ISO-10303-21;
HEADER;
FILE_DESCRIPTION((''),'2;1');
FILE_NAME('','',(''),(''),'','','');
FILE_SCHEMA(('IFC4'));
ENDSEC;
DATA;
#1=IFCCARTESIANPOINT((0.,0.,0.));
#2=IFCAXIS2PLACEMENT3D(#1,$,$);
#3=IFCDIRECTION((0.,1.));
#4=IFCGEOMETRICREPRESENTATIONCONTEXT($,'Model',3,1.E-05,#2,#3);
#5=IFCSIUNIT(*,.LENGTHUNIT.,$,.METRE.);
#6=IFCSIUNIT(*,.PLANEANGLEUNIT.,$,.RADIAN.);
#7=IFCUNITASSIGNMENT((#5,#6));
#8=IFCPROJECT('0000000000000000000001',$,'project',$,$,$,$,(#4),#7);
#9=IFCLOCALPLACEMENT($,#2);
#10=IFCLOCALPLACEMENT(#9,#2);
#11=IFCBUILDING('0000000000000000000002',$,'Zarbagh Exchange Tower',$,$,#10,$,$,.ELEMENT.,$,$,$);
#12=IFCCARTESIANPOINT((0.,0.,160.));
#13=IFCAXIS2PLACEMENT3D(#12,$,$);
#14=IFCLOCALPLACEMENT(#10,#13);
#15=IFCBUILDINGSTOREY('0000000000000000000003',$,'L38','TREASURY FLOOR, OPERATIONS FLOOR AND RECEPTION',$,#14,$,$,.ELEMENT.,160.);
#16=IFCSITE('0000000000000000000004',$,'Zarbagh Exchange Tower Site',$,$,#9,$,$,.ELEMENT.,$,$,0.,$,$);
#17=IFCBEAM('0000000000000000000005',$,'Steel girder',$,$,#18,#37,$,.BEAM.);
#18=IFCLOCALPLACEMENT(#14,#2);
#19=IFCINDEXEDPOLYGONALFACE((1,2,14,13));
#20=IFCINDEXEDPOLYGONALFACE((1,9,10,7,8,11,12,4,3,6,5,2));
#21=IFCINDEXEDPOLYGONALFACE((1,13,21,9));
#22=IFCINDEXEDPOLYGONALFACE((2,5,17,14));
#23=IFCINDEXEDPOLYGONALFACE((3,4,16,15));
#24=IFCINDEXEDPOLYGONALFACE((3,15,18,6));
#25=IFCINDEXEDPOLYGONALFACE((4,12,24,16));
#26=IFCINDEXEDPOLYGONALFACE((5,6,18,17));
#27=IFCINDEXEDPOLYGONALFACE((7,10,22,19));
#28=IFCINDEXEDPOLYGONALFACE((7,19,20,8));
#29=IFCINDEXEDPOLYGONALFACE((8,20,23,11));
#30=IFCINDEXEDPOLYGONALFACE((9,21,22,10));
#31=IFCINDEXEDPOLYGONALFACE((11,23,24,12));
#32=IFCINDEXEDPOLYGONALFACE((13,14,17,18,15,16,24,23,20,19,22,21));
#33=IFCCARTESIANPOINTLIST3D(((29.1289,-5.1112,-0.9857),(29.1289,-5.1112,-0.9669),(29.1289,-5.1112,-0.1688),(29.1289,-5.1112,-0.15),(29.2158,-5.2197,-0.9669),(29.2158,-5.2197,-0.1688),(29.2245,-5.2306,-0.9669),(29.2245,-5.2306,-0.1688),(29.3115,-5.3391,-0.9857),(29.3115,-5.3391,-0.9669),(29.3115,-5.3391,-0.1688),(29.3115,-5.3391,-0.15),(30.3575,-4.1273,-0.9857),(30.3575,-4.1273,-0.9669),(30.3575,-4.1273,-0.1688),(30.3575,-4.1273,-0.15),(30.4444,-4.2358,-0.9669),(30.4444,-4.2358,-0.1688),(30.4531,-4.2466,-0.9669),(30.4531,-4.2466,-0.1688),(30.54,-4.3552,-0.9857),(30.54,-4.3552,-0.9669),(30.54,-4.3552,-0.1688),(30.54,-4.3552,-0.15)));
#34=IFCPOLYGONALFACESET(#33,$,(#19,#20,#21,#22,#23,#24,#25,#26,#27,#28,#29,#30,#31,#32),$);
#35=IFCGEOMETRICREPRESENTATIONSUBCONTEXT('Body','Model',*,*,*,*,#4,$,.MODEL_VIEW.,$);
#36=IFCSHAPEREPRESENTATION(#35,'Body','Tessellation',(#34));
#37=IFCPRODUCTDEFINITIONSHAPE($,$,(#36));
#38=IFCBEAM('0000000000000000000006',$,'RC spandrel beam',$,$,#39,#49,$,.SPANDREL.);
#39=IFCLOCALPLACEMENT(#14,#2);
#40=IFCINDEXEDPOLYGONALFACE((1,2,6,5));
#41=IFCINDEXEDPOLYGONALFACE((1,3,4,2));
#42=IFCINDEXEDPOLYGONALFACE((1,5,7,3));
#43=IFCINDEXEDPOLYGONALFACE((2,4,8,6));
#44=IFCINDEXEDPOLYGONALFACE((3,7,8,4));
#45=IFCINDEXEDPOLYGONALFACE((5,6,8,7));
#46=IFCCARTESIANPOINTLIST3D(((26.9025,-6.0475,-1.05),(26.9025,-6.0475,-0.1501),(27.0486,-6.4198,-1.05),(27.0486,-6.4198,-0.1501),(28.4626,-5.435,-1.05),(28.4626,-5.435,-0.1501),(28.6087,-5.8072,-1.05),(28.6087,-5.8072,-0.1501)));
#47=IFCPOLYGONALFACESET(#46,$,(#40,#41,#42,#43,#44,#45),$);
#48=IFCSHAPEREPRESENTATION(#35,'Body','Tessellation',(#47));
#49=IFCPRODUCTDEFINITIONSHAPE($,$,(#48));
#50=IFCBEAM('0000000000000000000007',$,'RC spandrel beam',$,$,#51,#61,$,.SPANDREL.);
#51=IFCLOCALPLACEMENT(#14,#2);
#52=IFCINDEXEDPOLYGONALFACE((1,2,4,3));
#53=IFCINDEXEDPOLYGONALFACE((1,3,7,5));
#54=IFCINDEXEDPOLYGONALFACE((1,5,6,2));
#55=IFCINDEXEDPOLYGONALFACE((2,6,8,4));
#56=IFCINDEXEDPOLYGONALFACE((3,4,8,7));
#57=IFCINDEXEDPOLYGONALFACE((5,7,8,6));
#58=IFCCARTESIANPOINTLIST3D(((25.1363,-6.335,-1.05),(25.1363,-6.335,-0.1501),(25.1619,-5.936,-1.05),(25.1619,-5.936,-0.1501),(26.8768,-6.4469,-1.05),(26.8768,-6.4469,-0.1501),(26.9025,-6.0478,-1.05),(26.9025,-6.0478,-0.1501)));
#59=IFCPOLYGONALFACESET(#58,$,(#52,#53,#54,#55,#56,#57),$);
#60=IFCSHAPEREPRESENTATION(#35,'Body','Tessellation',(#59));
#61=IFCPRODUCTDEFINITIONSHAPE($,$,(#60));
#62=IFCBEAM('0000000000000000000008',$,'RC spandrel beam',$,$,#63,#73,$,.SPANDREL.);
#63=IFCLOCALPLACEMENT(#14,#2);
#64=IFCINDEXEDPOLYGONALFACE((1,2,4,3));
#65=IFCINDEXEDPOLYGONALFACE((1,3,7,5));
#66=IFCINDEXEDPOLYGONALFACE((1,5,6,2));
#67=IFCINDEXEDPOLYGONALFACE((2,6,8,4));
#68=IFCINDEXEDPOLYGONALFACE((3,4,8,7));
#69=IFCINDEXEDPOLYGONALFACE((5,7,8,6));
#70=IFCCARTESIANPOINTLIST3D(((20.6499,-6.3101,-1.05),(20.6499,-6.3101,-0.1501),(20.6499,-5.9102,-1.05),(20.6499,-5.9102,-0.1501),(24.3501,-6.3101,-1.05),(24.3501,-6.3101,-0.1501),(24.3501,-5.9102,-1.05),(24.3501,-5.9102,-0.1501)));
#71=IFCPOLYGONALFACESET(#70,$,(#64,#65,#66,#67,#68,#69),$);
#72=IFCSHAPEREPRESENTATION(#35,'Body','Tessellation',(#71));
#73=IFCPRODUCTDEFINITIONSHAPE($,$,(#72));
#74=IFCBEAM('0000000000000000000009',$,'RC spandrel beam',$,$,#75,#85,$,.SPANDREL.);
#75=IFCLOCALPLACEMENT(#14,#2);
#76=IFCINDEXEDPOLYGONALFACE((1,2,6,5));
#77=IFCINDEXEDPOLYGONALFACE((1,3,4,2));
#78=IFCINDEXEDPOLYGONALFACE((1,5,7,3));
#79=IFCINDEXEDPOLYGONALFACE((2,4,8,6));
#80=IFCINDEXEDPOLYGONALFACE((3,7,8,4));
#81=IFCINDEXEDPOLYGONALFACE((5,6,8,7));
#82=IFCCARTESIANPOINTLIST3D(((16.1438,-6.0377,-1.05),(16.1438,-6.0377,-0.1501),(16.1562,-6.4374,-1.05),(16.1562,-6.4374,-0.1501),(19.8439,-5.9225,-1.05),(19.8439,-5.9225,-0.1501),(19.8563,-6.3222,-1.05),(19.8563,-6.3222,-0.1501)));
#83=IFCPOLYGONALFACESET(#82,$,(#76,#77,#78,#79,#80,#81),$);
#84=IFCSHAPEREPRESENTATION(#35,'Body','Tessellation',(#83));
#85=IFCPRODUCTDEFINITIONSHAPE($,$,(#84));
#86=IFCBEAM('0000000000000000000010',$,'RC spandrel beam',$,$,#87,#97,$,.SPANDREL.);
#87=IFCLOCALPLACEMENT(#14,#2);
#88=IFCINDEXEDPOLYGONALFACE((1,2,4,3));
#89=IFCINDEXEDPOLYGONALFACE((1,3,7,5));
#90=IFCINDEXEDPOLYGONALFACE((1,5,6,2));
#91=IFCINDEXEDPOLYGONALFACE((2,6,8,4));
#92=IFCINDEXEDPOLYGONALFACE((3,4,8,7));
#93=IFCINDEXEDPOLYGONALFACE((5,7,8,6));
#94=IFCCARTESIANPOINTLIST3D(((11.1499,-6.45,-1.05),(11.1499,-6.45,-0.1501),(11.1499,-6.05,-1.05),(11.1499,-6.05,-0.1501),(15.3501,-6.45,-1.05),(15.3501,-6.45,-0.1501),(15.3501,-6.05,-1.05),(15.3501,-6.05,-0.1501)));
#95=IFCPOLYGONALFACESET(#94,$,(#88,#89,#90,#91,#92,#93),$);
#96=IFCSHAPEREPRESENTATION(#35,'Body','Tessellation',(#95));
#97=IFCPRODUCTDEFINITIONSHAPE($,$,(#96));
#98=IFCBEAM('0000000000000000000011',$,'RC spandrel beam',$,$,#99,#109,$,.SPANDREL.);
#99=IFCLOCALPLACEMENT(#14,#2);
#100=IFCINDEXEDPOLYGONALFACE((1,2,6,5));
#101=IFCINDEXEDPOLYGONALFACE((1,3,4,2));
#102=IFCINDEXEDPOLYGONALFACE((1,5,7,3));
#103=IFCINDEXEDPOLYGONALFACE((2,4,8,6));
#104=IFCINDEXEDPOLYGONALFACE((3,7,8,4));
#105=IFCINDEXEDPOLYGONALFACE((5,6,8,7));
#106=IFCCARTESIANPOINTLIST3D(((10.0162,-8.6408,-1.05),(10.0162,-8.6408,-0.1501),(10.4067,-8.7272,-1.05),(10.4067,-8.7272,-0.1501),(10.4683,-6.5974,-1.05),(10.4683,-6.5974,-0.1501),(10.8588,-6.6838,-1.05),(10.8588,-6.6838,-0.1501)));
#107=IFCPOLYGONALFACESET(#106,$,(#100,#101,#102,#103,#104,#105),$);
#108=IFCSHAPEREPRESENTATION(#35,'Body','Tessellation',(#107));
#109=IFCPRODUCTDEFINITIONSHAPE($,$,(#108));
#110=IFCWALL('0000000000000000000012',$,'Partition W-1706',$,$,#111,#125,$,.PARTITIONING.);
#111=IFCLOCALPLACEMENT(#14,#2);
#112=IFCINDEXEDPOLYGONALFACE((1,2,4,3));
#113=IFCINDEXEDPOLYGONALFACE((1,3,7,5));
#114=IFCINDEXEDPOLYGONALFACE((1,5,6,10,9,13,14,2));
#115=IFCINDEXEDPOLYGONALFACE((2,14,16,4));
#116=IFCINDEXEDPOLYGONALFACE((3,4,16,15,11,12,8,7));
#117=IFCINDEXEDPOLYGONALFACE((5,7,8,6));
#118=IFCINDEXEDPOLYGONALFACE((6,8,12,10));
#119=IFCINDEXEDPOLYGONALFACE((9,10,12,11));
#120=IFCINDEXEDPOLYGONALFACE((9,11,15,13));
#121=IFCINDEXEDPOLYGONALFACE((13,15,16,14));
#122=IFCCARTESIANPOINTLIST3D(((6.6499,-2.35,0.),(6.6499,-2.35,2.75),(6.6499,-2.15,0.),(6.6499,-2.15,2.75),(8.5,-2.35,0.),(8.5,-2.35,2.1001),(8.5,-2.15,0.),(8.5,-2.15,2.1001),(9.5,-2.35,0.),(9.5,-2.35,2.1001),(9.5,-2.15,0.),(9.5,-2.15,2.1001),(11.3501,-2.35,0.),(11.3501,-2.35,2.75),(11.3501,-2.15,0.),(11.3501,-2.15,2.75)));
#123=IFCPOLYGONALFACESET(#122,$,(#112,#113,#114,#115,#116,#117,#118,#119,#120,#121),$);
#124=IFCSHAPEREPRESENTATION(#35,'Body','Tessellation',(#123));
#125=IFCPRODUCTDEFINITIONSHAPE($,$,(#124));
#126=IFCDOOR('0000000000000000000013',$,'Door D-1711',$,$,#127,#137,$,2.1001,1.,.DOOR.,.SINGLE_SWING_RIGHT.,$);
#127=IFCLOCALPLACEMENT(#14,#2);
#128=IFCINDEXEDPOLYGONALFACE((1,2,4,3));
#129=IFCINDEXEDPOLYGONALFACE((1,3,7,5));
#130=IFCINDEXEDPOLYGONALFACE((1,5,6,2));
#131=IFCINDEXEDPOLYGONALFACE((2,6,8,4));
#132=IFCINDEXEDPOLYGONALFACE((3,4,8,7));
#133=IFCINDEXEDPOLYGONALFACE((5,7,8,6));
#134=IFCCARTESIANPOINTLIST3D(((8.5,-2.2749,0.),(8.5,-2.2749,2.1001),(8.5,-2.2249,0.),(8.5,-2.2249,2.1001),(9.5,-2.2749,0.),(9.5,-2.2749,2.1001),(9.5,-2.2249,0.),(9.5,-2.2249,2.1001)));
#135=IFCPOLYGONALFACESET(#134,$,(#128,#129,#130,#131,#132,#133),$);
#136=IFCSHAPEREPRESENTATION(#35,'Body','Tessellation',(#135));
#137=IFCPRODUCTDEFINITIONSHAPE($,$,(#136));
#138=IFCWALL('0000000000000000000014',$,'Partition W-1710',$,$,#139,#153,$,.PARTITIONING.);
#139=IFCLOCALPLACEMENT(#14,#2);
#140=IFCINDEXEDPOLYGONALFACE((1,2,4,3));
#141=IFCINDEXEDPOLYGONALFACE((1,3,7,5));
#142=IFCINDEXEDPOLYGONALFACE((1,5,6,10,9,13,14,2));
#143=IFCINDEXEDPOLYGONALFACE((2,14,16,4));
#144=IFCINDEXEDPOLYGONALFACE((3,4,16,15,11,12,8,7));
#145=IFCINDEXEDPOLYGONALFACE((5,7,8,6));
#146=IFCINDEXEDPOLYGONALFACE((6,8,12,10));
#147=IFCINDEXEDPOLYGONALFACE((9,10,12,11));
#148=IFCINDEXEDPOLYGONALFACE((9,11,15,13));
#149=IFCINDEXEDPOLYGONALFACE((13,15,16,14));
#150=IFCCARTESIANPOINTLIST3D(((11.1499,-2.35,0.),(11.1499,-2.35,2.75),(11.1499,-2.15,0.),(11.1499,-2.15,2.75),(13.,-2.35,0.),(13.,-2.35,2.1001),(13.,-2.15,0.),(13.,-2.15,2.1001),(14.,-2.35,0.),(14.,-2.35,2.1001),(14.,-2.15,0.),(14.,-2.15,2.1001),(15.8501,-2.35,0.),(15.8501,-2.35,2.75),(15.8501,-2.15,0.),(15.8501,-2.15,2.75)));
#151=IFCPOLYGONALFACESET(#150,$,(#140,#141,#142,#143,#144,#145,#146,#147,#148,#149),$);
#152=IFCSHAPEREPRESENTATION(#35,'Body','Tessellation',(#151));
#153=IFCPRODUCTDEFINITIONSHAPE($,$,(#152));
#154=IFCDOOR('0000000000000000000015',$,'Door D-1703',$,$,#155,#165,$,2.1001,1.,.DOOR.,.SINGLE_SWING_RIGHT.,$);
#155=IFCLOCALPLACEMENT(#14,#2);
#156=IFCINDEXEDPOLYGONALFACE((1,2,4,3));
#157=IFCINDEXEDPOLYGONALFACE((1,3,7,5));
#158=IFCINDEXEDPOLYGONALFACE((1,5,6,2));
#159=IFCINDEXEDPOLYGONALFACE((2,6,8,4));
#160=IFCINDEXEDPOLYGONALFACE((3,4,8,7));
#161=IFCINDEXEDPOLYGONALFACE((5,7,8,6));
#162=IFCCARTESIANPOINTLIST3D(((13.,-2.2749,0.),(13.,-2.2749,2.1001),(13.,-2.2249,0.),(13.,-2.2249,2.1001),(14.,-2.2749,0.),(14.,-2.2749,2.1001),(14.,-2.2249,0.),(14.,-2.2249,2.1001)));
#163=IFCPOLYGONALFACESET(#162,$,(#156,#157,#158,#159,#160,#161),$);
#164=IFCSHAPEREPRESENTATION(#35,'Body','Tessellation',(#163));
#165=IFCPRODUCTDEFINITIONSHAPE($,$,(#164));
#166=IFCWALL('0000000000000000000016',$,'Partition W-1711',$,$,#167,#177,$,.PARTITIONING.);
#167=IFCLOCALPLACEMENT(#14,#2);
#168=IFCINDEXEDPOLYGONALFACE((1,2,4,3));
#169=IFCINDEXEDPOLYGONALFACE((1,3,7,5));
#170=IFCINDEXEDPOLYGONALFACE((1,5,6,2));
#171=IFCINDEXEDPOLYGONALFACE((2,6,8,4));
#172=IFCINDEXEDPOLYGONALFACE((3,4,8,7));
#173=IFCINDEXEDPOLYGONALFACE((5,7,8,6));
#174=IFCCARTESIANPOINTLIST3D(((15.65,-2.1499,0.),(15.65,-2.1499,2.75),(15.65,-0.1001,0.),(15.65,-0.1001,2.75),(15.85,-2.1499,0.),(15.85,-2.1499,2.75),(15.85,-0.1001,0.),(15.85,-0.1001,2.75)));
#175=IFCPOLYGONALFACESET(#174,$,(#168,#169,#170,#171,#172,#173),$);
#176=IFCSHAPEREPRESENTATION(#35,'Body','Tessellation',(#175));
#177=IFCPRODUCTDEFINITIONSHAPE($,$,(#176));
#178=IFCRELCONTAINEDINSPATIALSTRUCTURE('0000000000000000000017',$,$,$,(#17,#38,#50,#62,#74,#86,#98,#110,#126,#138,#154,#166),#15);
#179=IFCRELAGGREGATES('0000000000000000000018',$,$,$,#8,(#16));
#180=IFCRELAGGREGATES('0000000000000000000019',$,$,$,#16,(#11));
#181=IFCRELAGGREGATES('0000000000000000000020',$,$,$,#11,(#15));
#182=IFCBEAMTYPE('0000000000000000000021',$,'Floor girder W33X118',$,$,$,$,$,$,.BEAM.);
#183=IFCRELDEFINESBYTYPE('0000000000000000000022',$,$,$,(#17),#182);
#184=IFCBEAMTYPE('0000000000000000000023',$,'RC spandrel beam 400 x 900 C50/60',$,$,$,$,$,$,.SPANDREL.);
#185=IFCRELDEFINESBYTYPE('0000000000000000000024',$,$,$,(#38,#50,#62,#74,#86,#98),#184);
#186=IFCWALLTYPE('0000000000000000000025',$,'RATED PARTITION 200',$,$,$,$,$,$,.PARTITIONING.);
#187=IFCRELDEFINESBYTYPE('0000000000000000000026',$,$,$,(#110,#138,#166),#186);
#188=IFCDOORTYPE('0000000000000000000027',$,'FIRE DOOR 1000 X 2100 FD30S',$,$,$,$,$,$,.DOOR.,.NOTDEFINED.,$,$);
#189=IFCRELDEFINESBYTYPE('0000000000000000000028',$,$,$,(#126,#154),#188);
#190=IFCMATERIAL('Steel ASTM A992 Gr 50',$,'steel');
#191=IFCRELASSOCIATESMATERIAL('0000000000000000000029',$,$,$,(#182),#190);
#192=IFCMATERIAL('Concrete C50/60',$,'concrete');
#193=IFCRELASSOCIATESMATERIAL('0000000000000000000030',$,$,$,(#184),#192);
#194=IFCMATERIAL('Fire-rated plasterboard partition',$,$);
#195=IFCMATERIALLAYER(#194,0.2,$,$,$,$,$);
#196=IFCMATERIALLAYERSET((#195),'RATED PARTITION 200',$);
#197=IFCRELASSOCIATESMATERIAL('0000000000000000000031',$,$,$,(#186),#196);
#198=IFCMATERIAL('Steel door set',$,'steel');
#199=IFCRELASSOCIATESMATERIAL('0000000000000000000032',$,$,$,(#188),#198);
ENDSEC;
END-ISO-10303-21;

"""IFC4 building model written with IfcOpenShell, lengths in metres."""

from ifc_helpers import new_model, si_unit, direction, frame, frame_2d, origin, origin_2d, place, context, subcontext, project, spatial, rectangle, i_section, extrude, material, layer, layer_set, material_profile, profile_set, type_object, element, fill, save


model = new_model("IFC4")

# Units and contexts
model_context = context("Model", 3, precision=1e-05, world=origin(), true_north=direction((0.0, 1.0)))
body_context = subcontext(model_context, "Body", "Model", "MODEL_VIEW")
ifc_project = project(units=[si_unit("LENGTHUNIT", "METRE"), si_unit("PLANEANGLEUNIT", "RADIAN")], contexts=[model_context])

# Site, building, storey
site_placement = place(None, origin())
site = spatial("IfcSite", under=ifc_project, at=site_placement, Name="Zarbagh Exchange Tower Site", CompositionType="ELEMENT", RefElevation=0.0)
building_placement = place(site_placement, origin())
building = spatial("IfcBuilding", under=site, at=building_placement, Name="Zarbagh Exchange Tower", CompositionType="ELEMENT")
storey_placement = place(building_placement, frame((0.0, 0.0, 160.0)))
storey = spatial("IfcBuildingStorey", under=building, at=storey_placement, Name="L38", Description="TREASURY FLOOR, OPERATIONS FLOOR AND RECEPTION", CompositionType="ELEMENT", Elevation=160.0)

# Shared definitions
ifc_material_1 = material(Name="Concrete C50/60", Category="concrete")

# Beams
ifc_material_2 = material(Name="Steel ASTM A992 Gr 50", Category="steel")
ifc_material_profile_1 = material_profile(ifc_material_2, i_section(OverallWidth=0.292, OverallDepth=0.8357, WebThickness=0.0139, FlangeThickness=0.0188, at=origin_2d()), Name="W33X118")
ifc_profile_set_1 = profile_set([ifc_material_profile_1], Name="Steel ASTM A992 Gr 50")
beam_type_1 = type_object("IfcBeamType", Name="Floor girder W33X118", PredefinedType="BEAM", material=ifc_profile_set_1)
beam_1_placement = place(storey_placement, frame((30.4487, -4.2412, -0.5679), z_axis=(-0.780536, -0.625111, 0.0), x_axis=(0.625111, -0.780536, 0.0)))
element("IfcBeam", 1, at=beam_1_placement, inside=storey, type_object=beam_type_1, Name="Steel girder", PredefinedType="BEAM", context=body_context, shape_type="SweptSolid", body=[
    extrude(i_section(OverallWidth=0.292, OverallDepth=0.8357, WebThickness=0.0139, FlangeThickness=0.0188, at=origin_2d()), origin(), (0.0, 0.0, 1.0), 1.574),
])
ifc_material_profile_2 = material_profile(ifc_material_1, rectangle(XDim=0.3999, YDim=0.8999, at=origin_2d()), Name="RC spandrel beam 400 x 900 C50/60")
ifc_profile_set_2 = profile_set([ifc_material_profile_2], Name="Concrete C50/60")
beam_type_2 = type_object("IfcBeamType", Name="RC spandrel beam 400 x 900 C50/60", PredefinedType="SPANDREL", material=ifc_profile_set_2)
beam_2_placement = place(storey_placement, frame((28.5356, -5.6211, -0.6001), z_axis=(-0.930819, -0.365481, 0.0), x_axis=(0.365481, -0.930819, 0.0)))
element("IfcBeam", 2, at=beam_2_placement, inside=storey, type_object=beam_type_2, Name="RC spandrel beam", PredefinedType="SPANDREL", context=body_context, shape_type="SweptSolid", body=[
    extrude(rectangle(XDim=0.3999, YDim=0.8999, at=origin_2d()), origin(), (0.0, 0.0, 1.0), 1.676),
])
beam_3_placement = place(storey_placement, frame((26.8896, -6.2473, -0.6001), z_axis=(-0.997943, 0.064112, 0.0), x_axis=(-0.064112, -0.997943, 0.0)))
element("IfcBeam", 3, at=beam_3_placement, inside=storey, type_object=beam_type_2, Name="RC spandrel beam", PredefinedType="SPANDREL", context=body_context, shape_type="SweptSolid", body=[
    extrude(rectangle(XDim=0.3999, YDim=0.8999, at=origin_2d()), origin(), (0.0, 0.0, 1.0), 1.7441),
])
beam_4_placement = place(storey_placement, frame((24.3501, -6.1101, -0.6001), z_axis=(-1.0, 0.0, 0.0), x_axis=(0.0, -1.0, 0.0)))
element("IfcBeam", 4, at=beam_4_placement, inside=storey, type_object=beam_type_2, Name="RC spandrel beam", PredefinedType="SPANDREL", context=body_context, shape_type="SweptSolid", body=[
    extrude(rectangle(XDim=0.3999, YDim=0.8999, at=origin_2d()), origin(), (0.0, 0.0, 1.0), 3.7002),
])
beam_5_placement = place(storey_placement, frame((19.8501, -6.1223, -0.6001), z_axis=(-0.999515, -0.031128, 0.0), x_axis=(0.031128, -0.999515, 0.0)))
element("IfcBeam", 5, at=beam_5_placement, inside=storey, type_object=beam_type_2, Name="RC spandrel beam", PredefinedType="SPANDREL", context=body_context, shape_type="SweptSolid", body=[
    extrude(rectangle(XDim=0.3999, YDim=0.8999, at=origin_2d()), origin(), (0.0, 0.0, 1.0), 3.7019),
])
beam_6_placement = place(storey_placement, frame((15.3501, -6.25, -0.6001), z_axis=(-1.0, 0.0, 0.0), x_axis=(0.0, -1.0, 0.0)))
element("IfcBeam", 6, at=beam_6_placement, inside=storey, type_object=beam_type_2, Name="RC spandrel beam", PredefinedType="SPANDREL", context=body_context, shape_type="SweptSolid", body=[
    extrude(rectangle(XDim=0.3999, YDim=0.8999, at=origin_2d()), origin(), (0.0, 0.0, 1.0), 4.2002),
])
beam_7_placement = place(storey_placement, frame((10.6636, -6.6406, -0.6001), z_axis=(-0.216041, -0.976384, 0.0), x_axis=(0.976384, -0.216041, 0.0)))
element("IfcBeam", 7, at=beam_7_placement, inside=storey, type_object=beam_type_2, Name="RC spandrel beam", PredefinedType="SPANDREL", context=body_context, shape_type="SweptSolid", body=[
    extrude(rectangle(XDim=0.3999, YDim=0.8999, at=origin_2d()), origin(), (0.0, 0.0, 1.0), 2.0928),
])

# Walls, openings, doors
ifc_material_3 = material(Name="Fire-rated plasterboard partition")
ifc_layer = layer(ifc_material_3, 0.2)
ifc_layer_set = layer_set([ifc_layer], Name="RATED PARTITION 200")
wall_type = type_object("IfcWallType", Name="RATED PARTITION 200", PredefinedType="PARTITIONING", material=ifc_layer_set)
wall_1_placement = place(storey_placement, frame((11.3501, -2.25, 0.0), z_axis=(0.0, 0.0, 1.0), x_axis=(-1.0, 0.0, 0.0)))
wall_1 = element("IfcWall", 8, at=wall_1_placement, inside=storey, type_object=wall_type, Name="Partition W-1706", PredefinedType="PARTITIONING", context=body_context, shape_type="SweptSolid", body=[
    extrude(rectangle(XDim=4.7002, YDim=0.2, at=frame_2d((2.3501, 0.0))), origin(), (0.0, 0.0, 1.0), 2.75),
])
opening_1_placement = place(wall_1_placement, frame((1.8501, 0.0, 0.0)))
opening_1 = element("IfcOpeningElement", 9, at=opening_1_placement, cuts=wall_1, PredefinedType="OPENING", context=body_context, shape_type="SweptSolid", body=[
    extrude(rectangle(XDim=1.0, YDim=2.1001, at=frame_2d((0.5, 1.05))), frame((0.0, 0.1099, 0.0), z_axis=(0.0, -1.0, 0.0), x_axis=(1.0, 0.0, 0.0)), (0.0, 0.0, 1.0), 0.22),
])
ifc_material_4 = material(Name="Steel door set", Category="steel")
door_type = type_object("IfcDoorType", Name="FIRE DOOR 1000 X 2100 FD30S", OperationType="NOTDEFINED", PredefinedType="DOOR", material=ifc_material_4)
door_1_placement = place(opening_1_placement, origin())
door_1 = element("IfcDoor", 10, at=door_1_placement, inside=storey, type_object=door_type, Name="Door D-1711", OperationType="SINGLE_SWING_RIGHT", OverallHeight=2.1001, OverallWidth=1.0, PredefinedType="DOOR", context=body_context, shape_type="SweptSolid", body=[
    extrude(rectangle(XDim=1.0, YDim=2.1001, at=frame_2d((0.5, 1.05))), frame((0.0, 0.0249, 0.0), z_axis=(0.0, -1.0, 0.0), x_axis=(1.0, 0.0, 0.0)), (0.0, 0.0, 1.0), 0.05),
])
fill(opening_1, door_1)
wall_2_placement = place(storey_placement, frame((15.8501, -2.25, 0.0), z_axis=(0.0, 0.0, 1.0), x_axis=(-1.0, 0.0, 0.0)))
wall_2 = element("IfcWall", 11, at=wall_2_placement, inside=storey, type_object=wall_type, Name="Partition W-1710", PredefinedType="PARTITIONING", context=body_context, shape_type="SweptSolid", body=[
    extrude(rectangle(XDim=4.7002, YDim=0.2, at=frame_2d((2.3501, 0.0))), origin(), (0.0, 0.0, 1.0), 2.75),
])
opening_2_placement = place(wall_2_placement, frame((1.8501, 0.0, 0.0)))
opening_2 = element("IfcOpeningElement", 12, at=opening_2_placement, cuts=wall_2, PredefinedType="OPENING", context=body_context, shape_type="SweptSolid", body=[
    extrude(rectangle(XDim=1.0, YDim=2.1001, at=frame_2d((0.5, 1.05))), frame((0.0, 0.1099, 0.0), z_axis=(0.0, -1.0, 0.0), x_axis=(1.0, 0.0, 0.0)), (0.0, 0.0, 1.0), 0.22),
])
door_2_placement = place(opening_2_placement, origin())
door_2 = element("IfcDoor", 13, at=door_2_placement, inside=storey, type_object=door_type, Name="Door D-1703", OperationType="SINGLE_SWING_RIGHT", OverallHeight=2.1001, OverallWidth=1.0, PredefinedType="DOOR", context=body_context, shape_type="SweptSolid", body=[
    extrude(rectangle(XDim=1.0, YDim=2.1001, at=frame_2d((0.5, 1.05))), frame((0.0, 0.0249, 0.0), z_axis=(0.0, -1.0, 0.0), x_axis=(1.0, 0.0, 0.0)), (0.0, 0.0, 1.0), 0.05),
])
fill(opening_2, door_2)

# Wall
wall_3_placement = place(storey_placement, frame((15.75, -2.1499, 0.0), z_axis=(0.0, 0.0, 1.0), x_axis=(0.0, 1.0, 0.0)))
element("IfcWall", 14, at=wall_3_placement, inside=storey, type_object=wall_type, Name="Partition W-1711", PredefinedType="PARTITIONING", context=body_context, shape_type="SweptSolid", body=[
    extrude(rectangle(XDim=2.0498, YDim=0.2, at=frame_2d((1.0249, 0.0))), origin(), (0.0, 0.0, 1.0), 2.75),
])

save(model, "model.ifc")
